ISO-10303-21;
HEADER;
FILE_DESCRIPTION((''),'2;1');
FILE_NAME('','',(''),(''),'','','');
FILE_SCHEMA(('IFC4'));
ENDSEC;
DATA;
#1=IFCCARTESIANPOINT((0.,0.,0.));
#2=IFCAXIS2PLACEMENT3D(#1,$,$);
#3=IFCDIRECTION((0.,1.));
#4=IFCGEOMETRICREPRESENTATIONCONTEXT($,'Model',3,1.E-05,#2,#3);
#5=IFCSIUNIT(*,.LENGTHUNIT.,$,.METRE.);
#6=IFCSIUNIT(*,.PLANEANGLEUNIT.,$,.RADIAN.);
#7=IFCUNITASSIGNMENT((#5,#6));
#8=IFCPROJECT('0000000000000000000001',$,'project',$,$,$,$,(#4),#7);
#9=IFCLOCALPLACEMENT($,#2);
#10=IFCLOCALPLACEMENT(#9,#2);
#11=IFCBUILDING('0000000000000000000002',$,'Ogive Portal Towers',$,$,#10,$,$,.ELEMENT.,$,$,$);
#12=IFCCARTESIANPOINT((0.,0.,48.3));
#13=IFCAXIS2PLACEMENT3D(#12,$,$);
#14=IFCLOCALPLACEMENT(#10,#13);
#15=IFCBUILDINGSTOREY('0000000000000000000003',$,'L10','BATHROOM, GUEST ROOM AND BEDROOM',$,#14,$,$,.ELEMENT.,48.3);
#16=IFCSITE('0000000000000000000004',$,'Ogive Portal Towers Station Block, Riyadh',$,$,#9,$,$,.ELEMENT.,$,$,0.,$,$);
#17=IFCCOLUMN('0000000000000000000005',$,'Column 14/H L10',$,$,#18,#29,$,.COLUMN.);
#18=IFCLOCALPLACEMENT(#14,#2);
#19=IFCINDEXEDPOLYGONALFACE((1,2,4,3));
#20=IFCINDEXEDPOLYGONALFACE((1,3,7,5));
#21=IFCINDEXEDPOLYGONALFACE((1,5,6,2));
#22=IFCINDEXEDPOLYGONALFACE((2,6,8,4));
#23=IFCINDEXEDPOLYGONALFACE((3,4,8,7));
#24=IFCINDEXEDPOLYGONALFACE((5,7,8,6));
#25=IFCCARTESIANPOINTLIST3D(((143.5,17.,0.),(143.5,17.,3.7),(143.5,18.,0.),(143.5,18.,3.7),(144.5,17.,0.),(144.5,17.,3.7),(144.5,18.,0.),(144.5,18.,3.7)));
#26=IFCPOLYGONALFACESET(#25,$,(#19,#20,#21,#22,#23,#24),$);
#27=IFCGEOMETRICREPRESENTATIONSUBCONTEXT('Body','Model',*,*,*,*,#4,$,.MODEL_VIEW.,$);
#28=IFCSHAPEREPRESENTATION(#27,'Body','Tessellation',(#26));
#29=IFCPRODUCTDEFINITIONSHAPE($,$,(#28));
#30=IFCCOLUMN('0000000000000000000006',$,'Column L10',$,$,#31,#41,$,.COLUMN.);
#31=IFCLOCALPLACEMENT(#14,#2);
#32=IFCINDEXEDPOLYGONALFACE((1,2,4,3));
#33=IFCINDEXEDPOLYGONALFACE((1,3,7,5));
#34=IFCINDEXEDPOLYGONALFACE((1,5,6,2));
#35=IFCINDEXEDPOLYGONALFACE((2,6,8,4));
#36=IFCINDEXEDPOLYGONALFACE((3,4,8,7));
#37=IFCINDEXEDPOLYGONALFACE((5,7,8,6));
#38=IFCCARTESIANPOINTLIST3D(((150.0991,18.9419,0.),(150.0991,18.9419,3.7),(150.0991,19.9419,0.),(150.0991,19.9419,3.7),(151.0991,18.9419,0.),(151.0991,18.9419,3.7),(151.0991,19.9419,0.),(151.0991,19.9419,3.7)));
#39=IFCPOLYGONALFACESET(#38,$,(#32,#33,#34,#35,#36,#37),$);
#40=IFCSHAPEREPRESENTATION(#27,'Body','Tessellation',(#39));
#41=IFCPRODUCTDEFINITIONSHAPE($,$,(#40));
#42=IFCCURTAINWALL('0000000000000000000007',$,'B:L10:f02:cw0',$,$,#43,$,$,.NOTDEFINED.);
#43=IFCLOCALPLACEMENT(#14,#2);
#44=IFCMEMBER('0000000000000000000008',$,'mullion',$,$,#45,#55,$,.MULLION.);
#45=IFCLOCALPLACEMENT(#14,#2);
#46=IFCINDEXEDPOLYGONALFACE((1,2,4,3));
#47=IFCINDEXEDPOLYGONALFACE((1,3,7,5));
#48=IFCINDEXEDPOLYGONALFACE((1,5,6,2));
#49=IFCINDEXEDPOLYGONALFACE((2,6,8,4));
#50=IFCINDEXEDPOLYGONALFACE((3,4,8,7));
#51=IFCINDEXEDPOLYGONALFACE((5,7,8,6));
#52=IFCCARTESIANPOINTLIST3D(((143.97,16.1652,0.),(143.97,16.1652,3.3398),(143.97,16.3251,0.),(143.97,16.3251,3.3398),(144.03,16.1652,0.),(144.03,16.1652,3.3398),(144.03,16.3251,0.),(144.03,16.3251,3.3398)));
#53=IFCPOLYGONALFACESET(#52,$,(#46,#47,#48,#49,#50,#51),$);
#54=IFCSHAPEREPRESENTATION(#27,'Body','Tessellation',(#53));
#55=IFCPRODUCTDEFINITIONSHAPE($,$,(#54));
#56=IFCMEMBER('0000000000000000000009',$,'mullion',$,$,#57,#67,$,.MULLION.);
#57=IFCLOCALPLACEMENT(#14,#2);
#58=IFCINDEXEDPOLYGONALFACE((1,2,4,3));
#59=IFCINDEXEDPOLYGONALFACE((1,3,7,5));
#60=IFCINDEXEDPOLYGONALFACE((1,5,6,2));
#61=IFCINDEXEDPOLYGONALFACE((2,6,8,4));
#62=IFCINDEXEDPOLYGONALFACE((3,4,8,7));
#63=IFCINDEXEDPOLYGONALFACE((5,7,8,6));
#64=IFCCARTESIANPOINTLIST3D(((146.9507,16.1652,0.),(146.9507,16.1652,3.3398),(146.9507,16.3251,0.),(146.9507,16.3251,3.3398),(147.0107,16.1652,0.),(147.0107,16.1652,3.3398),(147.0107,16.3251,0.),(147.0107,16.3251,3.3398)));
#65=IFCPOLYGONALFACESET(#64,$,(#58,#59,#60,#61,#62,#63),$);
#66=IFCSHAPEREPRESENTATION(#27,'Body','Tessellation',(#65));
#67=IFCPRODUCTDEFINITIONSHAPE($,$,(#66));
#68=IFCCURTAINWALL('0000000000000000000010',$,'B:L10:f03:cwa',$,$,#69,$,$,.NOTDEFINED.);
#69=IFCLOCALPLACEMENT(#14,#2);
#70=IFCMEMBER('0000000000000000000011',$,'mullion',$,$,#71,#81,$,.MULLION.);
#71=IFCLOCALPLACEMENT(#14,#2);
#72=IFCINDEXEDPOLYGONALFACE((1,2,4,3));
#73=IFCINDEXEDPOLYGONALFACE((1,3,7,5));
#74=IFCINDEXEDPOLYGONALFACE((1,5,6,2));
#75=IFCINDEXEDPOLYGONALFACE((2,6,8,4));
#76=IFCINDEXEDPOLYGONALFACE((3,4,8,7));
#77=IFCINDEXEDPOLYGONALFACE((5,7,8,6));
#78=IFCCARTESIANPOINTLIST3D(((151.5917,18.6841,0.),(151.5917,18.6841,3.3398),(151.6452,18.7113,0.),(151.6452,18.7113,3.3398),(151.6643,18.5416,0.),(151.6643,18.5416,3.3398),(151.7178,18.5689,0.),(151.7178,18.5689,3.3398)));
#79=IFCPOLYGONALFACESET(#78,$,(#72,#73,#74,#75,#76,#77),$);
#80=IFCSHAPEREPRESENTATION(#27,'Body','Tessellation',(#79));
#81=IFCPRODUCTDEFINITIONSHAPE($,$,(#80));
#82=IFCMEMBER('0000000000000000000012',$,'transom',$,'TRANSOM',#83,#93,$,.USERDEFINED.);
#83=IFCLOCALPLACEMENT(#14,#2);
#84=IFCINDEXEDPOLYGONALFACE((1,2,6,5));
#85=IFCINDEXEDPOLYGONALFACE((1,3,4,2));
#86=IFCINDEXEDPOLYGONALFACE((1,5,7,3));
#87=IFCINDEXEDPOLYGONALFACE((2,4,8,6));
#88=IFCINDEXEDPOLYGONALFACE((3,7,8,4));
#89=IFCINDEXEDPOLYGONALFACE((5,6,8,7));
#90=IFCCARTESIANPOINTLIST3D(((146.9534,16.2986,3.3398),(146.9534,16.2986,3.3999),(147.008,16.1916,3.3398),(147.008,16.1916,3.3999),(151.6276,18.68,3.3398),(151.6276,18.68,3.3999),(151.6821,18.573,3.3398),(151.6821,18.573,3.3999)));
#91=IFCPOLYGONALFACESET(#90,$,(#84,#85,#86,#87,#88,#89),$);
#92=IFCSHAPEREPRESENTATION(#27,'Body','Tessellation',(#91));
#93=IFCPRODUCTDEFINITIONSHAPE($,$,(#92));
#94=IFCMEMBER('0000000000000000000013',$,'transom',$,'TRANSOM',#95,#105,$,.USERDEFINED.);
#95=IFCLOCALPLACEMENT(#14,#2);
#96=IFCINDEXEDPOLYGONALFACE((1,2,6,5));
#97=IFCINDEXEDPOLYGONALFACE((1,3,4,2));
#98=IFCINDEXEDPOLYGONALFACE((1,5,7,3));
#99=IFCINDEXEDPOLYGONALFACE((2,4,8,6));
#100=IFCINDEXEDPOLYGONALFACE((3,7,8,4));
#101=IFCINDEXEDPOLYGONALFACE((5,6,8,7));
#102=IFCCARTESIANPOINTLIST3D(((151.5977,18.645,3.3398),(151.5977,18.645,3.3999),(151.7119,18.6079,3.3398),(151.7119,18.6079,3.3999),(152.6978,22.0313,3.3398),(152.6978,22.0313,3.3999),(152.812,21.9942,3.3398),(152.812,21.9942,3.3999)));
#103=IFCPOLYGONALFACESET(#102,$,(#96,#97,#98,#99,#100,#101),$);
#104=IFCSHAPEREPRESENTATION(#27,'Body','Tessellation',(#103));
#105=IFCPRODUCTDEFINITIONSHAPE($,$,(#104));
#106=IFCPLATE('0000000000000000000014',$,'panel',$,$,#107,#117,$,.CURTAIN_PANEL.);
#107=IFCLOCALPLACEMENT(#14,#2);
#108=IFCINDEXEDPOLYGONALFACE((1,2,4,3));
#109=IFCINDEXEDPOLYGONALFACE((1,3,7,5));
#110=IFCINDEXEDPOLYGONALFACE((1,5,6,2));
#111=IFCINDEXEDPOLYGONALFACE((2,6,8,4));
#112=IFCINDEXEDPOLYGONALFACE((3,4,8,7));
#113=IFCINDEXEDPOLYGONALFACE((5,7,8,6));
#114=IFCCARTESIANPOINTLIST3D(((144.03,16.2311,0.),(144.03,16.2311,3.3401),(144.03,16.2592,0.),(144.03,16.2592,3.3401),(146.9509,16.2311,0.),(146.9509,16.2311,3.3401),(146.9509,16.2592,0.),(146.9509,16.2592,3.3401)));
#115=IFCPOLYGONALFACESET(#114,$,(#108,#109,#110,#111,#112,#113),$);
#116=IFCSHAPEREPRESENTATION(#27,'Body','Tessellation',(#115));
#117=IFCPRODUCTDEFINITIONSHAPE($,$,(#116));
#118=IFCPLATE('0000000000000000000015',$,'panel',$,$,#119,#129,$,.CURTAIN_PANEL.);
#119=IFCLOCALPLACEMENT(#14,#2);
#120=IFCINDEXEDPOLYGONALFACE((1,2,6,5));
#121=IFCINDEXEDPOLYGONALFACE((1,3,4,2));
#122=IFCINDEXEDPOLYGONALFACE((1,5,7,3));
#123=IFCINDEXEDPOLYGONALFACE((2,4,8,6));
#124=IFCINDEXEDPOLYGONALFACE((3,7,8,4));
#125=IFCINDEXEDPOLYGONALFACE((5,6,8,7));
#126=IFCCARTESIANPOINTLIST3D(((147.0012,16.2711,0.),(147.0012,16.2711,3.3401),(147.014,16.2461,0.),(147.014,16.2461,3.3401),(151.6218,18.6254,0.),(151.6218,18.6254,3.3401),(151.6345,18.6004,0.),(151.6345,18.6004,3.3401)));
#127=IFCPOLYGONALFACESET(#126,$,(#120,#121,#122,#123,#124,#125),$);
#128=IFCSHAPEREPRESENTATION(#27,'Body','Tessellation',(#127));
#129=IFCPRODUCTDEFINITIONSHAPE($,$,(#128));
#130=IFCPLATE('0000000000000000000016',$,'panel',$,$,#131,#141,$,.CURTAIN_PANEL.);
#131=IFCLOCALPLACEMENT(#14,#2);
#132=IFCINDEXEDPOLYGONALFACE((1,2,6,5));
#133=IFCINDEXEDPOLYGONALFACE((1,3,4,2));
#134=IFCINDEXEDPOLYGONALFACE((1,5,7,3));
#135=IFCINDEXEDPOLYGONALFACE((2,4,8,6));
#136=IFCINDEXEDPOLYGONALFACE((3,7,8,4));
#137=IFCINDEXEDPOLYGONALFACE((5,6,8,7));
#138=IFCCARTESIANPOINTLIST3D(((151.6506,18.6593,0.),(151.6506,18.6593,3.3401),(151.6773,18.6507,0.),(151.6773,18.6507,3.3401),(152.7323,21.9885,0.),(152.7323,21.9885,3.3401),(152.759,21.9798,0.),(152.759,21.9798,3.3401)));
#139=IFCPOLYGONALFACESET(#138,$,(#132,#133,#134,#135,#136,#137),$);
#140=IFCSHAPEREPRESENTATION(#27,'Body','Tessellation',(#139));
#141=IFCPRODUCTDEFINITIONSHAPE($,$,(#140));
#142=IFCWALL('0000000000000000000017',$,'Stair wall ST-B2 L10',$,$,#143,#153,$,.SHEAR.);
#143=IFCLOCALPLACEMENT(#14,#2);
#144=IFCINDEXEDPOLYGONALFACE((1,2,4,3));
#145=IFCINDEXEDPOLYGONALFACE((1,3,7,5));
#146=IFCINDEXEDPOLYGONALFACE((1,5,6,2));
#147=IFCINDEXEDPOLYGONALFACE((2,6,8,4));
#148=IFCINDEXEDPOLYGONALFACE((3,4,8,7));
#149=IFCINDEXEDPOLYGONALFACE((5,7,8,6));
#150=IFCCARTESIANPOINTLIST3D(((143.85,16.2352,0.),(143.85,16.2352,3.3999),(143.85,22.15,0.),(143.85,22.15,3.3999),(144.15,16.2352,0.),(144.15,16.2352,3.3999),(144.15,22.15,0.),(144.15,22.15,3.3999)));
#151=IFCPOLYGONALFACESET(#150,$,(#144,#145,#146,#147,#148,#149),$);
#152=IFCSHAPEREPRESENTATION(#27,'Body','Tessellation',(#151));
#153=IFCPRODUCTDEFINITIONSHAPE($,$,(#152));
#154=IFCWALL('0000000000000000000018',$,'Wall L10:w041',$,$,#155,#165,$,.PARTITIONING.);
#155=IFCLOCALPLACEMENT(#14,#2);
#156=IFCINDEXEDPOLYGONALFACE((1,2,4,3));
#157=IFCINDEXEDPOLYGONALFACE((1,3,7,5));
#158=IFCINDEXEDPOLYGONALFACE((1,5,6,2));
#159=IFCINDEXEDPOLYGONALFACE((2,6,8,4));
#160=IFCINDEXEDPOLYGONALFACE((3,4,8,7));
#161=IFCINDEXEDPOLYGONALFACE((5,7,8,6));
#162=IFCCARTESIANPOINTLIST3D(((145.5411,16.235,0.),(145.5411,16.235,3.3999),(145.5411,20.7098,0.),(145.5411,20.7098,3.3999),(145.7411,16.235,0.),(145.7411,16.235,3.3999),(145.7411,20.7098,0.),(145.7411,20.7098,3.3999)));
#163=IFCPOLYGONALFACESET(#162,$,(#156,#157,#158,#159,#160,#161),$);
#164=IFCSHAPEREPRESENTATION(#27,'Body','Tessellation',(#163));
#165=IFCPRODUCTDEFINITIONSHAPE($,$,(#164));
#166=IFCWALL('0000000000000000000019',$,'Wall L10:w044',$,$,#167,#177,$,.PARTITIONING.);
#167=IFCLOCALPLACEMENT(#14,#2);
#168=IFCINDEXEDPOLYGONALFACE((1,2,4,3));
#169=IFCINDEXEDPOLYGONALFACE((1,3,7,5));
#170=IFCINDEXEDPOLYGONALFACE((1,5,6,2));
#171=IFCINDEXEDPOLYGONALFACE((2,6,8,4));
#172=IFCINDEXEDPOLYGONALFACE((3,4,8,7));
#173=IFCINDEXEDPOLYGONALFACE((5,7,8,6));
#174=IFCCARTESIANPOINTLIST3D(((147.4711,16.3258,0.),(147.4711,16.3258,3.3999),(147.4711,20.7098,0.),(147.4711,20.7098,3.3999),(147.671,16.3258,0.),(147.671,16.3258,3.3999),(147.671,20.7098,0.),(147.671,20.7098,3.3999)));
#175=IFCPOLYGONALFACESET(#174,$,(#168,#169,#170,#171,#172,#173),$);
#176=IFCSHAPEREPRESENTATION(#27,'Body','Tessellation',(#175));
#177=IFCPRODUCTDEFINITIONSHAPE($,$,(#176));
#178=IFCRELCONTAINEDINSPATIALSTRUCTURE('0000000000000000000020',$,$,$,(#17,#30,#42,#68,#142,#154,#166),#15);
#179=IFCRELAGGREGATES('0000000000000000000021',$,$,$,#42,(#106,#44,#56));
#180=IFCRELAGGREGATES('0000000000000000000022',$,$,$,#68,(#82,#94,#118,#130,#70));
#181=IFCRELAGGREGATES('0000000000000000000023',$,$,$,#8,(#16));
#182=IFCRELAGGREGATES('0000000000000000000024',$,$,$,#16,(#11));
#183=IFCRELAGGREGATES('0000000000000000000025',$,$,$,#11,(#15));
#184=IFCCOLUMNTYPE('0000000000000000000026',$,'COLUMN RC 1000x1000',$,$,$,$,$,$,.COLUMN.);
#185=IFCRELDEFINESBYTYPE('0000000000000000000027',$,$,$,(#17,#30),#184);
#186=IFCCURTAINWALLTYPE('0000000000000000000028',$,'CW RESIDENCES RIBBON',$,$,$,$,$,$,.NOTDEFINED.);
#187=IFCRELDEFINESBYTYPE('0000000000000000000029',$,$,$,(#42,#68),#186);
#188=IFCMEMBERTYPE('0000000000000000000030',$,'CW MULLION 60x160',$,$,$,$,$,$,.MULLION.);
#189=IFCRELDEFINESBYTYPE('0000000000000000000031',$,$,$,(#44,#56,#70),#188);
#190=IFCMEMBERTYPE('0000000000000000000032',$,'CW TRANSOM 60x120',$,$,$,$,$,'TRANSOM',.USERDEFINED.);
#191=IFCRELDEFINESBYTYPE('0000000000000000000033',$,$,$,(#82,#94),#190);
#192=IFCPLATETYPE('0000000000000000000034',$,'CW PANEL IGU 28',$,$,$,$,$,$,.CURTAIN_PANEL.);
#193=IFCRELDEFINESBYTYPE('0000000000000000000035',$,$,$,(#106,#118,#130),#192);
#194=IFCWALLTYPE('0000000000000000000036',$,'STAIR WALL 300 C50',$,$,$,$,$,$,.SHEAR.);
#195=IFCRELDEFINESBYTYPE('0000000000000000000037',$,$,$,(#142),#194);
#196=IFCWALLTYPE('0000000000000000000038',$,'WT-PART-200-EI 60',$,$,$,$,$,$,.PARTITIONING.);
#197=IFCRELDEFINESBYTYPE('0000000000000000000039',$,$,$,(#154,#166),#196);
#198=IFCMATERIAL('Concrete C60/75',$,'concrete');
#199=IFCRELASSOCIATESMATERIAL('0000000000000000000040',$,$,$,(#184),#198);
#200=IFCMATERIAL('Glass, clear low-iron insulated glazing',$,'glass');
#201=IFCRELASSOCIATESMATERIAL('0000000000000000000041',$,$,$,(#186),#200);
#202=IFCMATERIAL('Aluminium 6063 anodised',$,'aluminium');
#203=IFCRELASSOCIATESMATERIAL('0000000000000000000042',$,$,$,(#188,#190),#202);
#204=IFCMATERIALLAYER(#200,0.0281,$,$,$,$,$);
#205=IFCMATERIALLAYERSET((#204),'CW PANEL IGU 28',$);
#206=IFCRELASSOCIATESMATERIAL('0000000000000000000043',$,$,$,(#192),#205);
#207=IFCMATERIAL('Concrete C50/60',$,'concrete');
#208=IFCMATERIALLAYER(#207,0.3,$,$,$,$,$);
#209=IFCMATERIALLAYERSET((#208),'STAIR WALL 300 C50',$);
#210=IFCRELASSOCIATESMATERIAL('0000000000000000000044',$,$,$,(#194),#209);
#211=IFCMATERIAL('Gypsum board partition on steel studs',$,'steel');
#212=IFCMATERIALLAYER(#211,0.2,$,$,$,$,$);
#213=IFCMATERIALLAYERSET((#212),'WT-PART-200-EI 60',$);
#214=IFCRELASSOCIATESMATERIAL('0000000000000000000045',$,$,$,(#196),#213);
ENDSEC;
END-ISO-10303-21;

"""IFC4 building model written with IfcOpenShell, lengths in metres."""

from ifc_helpers import new_model, si_unit, direction, frame, frame_2d, origin, origin_2d, place, context, subcontext, project, spatial, rectangle, extrude, material, layer, layer_set, material_profile, profile_set, type_object, element, aggregate, save


model = new_model("IFC4")

# Units and contexts
model_context = context("Model", 3, precision=1e-05, world=origin(), true_north=direction((0.0, 1.0)))
body_context = subcontext(model_context, "Body", "Model", "MODEL_VIEW")
ifc_project = project(units=[si_unit("LENGTHUNIT", "METRE"), si_unit("PLANEANGLEUNIT", "RADIAN")], contexts=[model_context])

# Site, building, storey
site_placement = place(None, origin())
site = spatial("IfcSite", under=ifc_project, at=site_placement, Name="Ogive Portal Towers Station Block, Riyadh", CompositionType="ELEMENT", RefElevation=0.0)
building_placement = place(site_placement, origin())
building = spatial("IfcBuilding", under=site, at=building_placement, Name="Ogive Portal Towers", CompositionType="ELEMENT")
storey_placement = place(building_placement, frame((0.0, 0.0, 48.3)))
storey = spatial("IfcBuildingStorey", under=building, at=storey_placement, Name="L10", Description="BATHROOM, GUEST ROOM AND BEDROOM", CompositionType="ELEMENT", Elevation=48.3)

# Columns
ifc_material_1 = material(Name="Concrete C60/75", Category="concrete")
ifc_material_profile_1 = material_profile(ifc_material_1, rectangle(XDim=1.0, YDim=1.0, at=origin_2d()), Name="RC 1000x1000")
ifc_profile_set_1 = profile_set([ifc_material_profile_1], Name="Concrete C60/75")
column_type = type_object("IfcColumnType", Name="COLUMN RC 1000x1000", PredefinedType="COLUMN", material=ifc_profile_set_1)
for number, where, z_axis, x_axis, name in (
    (1, (144.0, 17.5, 0.0), (0.0, 0.0, 1.0), (1.0, 0.0, 0.0), "Column 14/H L10"),
    (2, (150.5991, 19.4419, 0.0), (0.0, 0.0, 1.0), (1.0, 0.0, 0.0), "Column L10"),
):
    element("IfcColumn", number, at=place(storey_placement, frame(where, z_axis=z_axis, x_axis=x_axis)), inside=storey, type_object=column_type, Name=name, PredefinedType="COLUMN", context=body_context, shape_type="SweptSolid", body=[
        extrude(rectangle(XDim=1.0, YDim=1.0, at=origin_2d()), origin(), (0.0, 0.0, 1.0), 3.7),
    ])

# Curtain walls, members
ifc_material_2 = material(Name="Glass, clear low-iron insulated glazing", Category="glass")
curtain_wall_type = type_object("IfcCurtainWallType", Name="CW RESIDENCES RIBBON", PredefinedType="NOTDEFINED", material=ifc_material_2)
curtain_wall_1_placement = place(storey_placement, origin())
curtain_wall_1 = element("IfcCurtainWall", 3, at=curtain_wall_1_placement, inside=storey, type_object=curtain_wall_type, Name="B:L10:f02:cw0", PredefinedType="NOTDEFINED")
ifc_material_3 = material(Name="Aluminium 6063 anodised", Category="aluminium")
ifc_material_profile_2 = material_profile(ifc_material_3, rectangle(XDim=0.1599, YDim=0.0601, at=origin_2d()), Name="AL 60x160")
ifc_profile_set_2 = profile_set([ifc_material_profile_2], Name="Aluminium 6063 anodised")
member_type_1 = type_object("IfcMemberType", Name="CW MULLION 60x160", PredefinedType="MULLION", material=ifc_profile_set_2)
member_1_placement = place(storey_placement, frame((144.0, 16.2451, 0.0), z_axis=(0.0, 0.0, 1.0), x_axis=(0.0, 1.0, 0.0)))
member_1 = element("IfcMember", 4, at=member_1_placement, type_object=member_type_1, Name="mullion", PredefinedType="MULLION", context=body_context, shape_type="SweptSolid", body=[
    extrude(rectangle(XDim=0.1599, YDim=0.0601, at=origin_2d()), origin(), (0.0, 0.0, 1.0), 3.3398),
])
member_2_placement = place(storey_placement, frame((146.9807, 16.2451, 0.0), z_axis=(0.0, 0.0, 1.0), x_axis=(0.0, 1.0, 0.0)))
member_2 = element("IfcMember", 5, at=member_2_placement, type_object=member_type_1, Name="mullion", PredefinedType="MULLION", context=body_context, shape_type="SweptSolid", body=[
    extrude(rectangle(XDim=0.1599, YDim=0.0601, at=origin_2d()), origin(), (0.0, 0.0, 1.0), 3.3398),
])
curtain_wall_2_placement = place(storey_placement, origin())
curtain_wall_2 = element("IfcCurtainWall", 6, at=curtain_wall_2_placement, inside=storey, type_object=curtain_wall_type, Name="B:L10:f03:cwa", PredefinedType="NOTDEFINED")
member_3_placement = place(storey_placement, frame((151.6548, 18.6265, 0.0), z_axis=(0.0, 0.0, 1.0), x_axis=(-0.45399, 0.891007, 0.0)))
member_3 = element("IfcMember", 7, at=member_3_placement, type_object=member_type_1, Name="mullion", PredefinedType="MULLION", context=body_context, shape_type="SweptSolid", body=[
    extrude(rectangle(XDim=0.1599, YDim=0.0601, at=origin_2d()), origin(), (0.0, 0.0, 1.0), 3.3398),
])
ifc_material_profile_3 = material_profile(ifc_material_3, rectangle(XDim=0.1201, YDim=0.0601, at=origin_2d()), Name="AL 120x60")
ifc_profile_set_3 = profile_set([ifc_material_profile_3], Name="Aluminium 6063 anodised")
member_type_2 = type_object("IfcMemberType", Name="CW TRANSOM 60x120", ElementType="TRANSOM", PredefinedType="USERDEFINED", material=ifc_profile_set_3)
member_4_placement = place(storey_placement, frame((146.9807, 16.2451, 3.3699), z_axis=(0.891023, 0.453959, 0.0), x_axis=(-0.453959, 0.891023, 0.0)))
member_4 = element("IfcMember", 8, at=member_4_placement, type_object=member_type_2, Name="transom", ObjectType="TRANSOM", PredefinedType="USERDEFINED", context=body_context, shape_type="SweptSolid", body=[
    extrude(rectangle(XDim=0.1201, YDim=0.0601, at=origin_2d()), origin(), (0.0, 0.0, 1.0), 5.2458),
])
member_5_placement = place(storey_placement, frame((151.6548, 18.6265, 3.3699), z_axis=(0.308978, 0.951069, 0.0), x_axis=(-0.951069, 0.308978, 0.0)))
member_5 = element("IfcMember", 9, at=member_5_placement, type_object=member_type_2, Name="transom", ObjectType="TRANSOM", PredefinedType="USERDEFINED", context=body_context, shape_type="SweptSolid", body=[
    extrude(rectangle(XDim=0.1201, YDim=0.0601, at=origin_2d()), origin(), (0.0, 0.0, 1.0), 3.5605),
])

# Plates
ifc_layer_1 = layer(ifc_material_2, 0.0281)
ifc_layer_set_1 = layer_set([ifc_layer_1], Name="CW PANEL IGU 28")
plate_type = type_object("IfcPlateType", Name="CW PANEL IGU 28", PredefinedType="CURTAIN_PANEL", material=ifc_layer_set_1)
plate_1_placement = place(storey_placement, frame((145.4905, 16.2451, 0.0), z_axis=(0.0, 0.0, 1.0), x_axis=(1.0, 0.0, 0.0)))
plate_1 = element("IfcPlate", 10, at=plate_1_placement, type_object=plate_type, Name="panel", PredefinedType="CURTAIN_PANEL", context=body_context, shape_type="SweptSolid", body=[
    extrude(rectangle(XDim=2.9209, YDim=0.0281, at=origin_2d()), origin(), (0.0, 0.0, 1.0), 3.3401),
])
aggregate(curtain_wall_1, [plate_1, member_1, member_2])
plate_2_placement = place(storey_placement, frame((149.3179, 17.4358, 0.0), z_axis=(0.0, 0.0, 1.0), x_axis=(0.891007, 0.45399, 0.0)))
plate_2 = element("IfcPlate", 11, at=plate_2_placement, type_object=plate_type, Name="panel", PredefinedType="CURTAIN_PANEL", context=body_context, shape_type="SweptSolid", body=[
    extrude(rectangle(XDim=5.1858, YDim=0.0281, at=origin_2d()), origin(), (0.0, 0.0, 1.0), 3.3401),
])
plate_3_placement = place(storey_placement, frame((152.2048, 20.3196, 0.0), z_axis=(0.0, 0.0, 1.0), x_axis=(0.309017, 0.951057, 0.0)))
plate_3 = element("IfcPlate", 12, at=plate_3_placement, type_object=plate_type, Name="panel", PredefinedType="CURTAIN_PANEL", context=body_context, shape_type="SweptSolid", body=[
    extrude(rectangle(XDim=3.5005, YDim=0.0281, at=origin_2d()), origin(), (0.0, 0.0, 1.0), 3.3401),
])
aggregate(curtain_wall_2, [member_4, member_5, plate_2, plate_3, member_3])

# Walls
ifc_material_4 = material(Name="Concrete C50/60", Category="concrete")
ifc_layer_2 = layer(ifc_material_4, 0.3)
ifc_layer_set_2 = layer_set([ifc_layer_2], Name="STAIR WALL 300 C50")
wall_type_1 = type_object("IfcWallType", Name="STAIR WALL 300 C50", PredefinedType="SHEAR", material=ifc_layer_set_2)
wall_1_placement = place(storey_placement, frame((144.0, 16.2351, 0.0), z_axis=(0.0, 0.0, 1.0), x_axis=(0.0, 1.0, 0.0)))
element("IfcWall", 13, at=wall_1_placement, inside=storey, type_object=wall_type_1, Name="Stair wall ST-B2 L10", PredefinedType="SHEAR", context=body_context, shape_type="SweptSolid", body=[
    extrude(rectangle(XDim=5.9148, YDim=0.3, at=frame_2d((2.9575, 0.0))), origin(), (0.0, 0.0, 1.0), 3.3999),
])
ifc_material_5 = material(Name="Gypsum board partition on steel studs", Category="steel")
ifc_layer_3 = layer(ifc_material_5, 0.2)
ifc_layer_set_3 = layer_set([ifc_layer_3], Name="WT-PART-200-EI 60")
wall_type_2 = type_object("IfcWallType", Name="WT-PART-200-EI 60", PredefinedType="PARTITIONING", material=ifc_layer_set_3)
wall_2_placement = place(storey_placement, frame((145.6411, 16.2351, 0.0), z_axis=(0.0, 0.0, 1.0), x_axis=(0.0, 1.0, 0.0)))
element("IfcWall", 14, at=wall_2_placement, inside=storey, type_object=wall_type_2, Name="Wall L10:w041", PredefinedType="PARTITIONING", context=body_context, shape_type="SweptSolid", body=[
    extrude(rectangle(XDim=4.4749, YDim=0.2, at=frame_2d((2.2373, 0.0))), origin(), (0.0, 0.0, 1.0), 3.3999),
])
wall_3_placement = place(storey_placement, frame((147.571, 16.3259, 0.0), z_axis=(0.0, 0.0, 1.0), x_axis=(0.0, 1.0, 0.0)))
element("IfcWall", 15, at=wall_3_placement, inside=storey, type_object=wall_type_2, Name="Wall L10:w044", PredefinedType="PARTITIONING", context=body_context, shape_type="SweptSolid", body=[
    extrude(rectangle(XDim=4.384, YDim=0.2, at=frame_2d((2.1919, 0.0))), origin(), (0.0, 0.0, 1.0), 3.3999),
])

save(model, "model.ifc")
